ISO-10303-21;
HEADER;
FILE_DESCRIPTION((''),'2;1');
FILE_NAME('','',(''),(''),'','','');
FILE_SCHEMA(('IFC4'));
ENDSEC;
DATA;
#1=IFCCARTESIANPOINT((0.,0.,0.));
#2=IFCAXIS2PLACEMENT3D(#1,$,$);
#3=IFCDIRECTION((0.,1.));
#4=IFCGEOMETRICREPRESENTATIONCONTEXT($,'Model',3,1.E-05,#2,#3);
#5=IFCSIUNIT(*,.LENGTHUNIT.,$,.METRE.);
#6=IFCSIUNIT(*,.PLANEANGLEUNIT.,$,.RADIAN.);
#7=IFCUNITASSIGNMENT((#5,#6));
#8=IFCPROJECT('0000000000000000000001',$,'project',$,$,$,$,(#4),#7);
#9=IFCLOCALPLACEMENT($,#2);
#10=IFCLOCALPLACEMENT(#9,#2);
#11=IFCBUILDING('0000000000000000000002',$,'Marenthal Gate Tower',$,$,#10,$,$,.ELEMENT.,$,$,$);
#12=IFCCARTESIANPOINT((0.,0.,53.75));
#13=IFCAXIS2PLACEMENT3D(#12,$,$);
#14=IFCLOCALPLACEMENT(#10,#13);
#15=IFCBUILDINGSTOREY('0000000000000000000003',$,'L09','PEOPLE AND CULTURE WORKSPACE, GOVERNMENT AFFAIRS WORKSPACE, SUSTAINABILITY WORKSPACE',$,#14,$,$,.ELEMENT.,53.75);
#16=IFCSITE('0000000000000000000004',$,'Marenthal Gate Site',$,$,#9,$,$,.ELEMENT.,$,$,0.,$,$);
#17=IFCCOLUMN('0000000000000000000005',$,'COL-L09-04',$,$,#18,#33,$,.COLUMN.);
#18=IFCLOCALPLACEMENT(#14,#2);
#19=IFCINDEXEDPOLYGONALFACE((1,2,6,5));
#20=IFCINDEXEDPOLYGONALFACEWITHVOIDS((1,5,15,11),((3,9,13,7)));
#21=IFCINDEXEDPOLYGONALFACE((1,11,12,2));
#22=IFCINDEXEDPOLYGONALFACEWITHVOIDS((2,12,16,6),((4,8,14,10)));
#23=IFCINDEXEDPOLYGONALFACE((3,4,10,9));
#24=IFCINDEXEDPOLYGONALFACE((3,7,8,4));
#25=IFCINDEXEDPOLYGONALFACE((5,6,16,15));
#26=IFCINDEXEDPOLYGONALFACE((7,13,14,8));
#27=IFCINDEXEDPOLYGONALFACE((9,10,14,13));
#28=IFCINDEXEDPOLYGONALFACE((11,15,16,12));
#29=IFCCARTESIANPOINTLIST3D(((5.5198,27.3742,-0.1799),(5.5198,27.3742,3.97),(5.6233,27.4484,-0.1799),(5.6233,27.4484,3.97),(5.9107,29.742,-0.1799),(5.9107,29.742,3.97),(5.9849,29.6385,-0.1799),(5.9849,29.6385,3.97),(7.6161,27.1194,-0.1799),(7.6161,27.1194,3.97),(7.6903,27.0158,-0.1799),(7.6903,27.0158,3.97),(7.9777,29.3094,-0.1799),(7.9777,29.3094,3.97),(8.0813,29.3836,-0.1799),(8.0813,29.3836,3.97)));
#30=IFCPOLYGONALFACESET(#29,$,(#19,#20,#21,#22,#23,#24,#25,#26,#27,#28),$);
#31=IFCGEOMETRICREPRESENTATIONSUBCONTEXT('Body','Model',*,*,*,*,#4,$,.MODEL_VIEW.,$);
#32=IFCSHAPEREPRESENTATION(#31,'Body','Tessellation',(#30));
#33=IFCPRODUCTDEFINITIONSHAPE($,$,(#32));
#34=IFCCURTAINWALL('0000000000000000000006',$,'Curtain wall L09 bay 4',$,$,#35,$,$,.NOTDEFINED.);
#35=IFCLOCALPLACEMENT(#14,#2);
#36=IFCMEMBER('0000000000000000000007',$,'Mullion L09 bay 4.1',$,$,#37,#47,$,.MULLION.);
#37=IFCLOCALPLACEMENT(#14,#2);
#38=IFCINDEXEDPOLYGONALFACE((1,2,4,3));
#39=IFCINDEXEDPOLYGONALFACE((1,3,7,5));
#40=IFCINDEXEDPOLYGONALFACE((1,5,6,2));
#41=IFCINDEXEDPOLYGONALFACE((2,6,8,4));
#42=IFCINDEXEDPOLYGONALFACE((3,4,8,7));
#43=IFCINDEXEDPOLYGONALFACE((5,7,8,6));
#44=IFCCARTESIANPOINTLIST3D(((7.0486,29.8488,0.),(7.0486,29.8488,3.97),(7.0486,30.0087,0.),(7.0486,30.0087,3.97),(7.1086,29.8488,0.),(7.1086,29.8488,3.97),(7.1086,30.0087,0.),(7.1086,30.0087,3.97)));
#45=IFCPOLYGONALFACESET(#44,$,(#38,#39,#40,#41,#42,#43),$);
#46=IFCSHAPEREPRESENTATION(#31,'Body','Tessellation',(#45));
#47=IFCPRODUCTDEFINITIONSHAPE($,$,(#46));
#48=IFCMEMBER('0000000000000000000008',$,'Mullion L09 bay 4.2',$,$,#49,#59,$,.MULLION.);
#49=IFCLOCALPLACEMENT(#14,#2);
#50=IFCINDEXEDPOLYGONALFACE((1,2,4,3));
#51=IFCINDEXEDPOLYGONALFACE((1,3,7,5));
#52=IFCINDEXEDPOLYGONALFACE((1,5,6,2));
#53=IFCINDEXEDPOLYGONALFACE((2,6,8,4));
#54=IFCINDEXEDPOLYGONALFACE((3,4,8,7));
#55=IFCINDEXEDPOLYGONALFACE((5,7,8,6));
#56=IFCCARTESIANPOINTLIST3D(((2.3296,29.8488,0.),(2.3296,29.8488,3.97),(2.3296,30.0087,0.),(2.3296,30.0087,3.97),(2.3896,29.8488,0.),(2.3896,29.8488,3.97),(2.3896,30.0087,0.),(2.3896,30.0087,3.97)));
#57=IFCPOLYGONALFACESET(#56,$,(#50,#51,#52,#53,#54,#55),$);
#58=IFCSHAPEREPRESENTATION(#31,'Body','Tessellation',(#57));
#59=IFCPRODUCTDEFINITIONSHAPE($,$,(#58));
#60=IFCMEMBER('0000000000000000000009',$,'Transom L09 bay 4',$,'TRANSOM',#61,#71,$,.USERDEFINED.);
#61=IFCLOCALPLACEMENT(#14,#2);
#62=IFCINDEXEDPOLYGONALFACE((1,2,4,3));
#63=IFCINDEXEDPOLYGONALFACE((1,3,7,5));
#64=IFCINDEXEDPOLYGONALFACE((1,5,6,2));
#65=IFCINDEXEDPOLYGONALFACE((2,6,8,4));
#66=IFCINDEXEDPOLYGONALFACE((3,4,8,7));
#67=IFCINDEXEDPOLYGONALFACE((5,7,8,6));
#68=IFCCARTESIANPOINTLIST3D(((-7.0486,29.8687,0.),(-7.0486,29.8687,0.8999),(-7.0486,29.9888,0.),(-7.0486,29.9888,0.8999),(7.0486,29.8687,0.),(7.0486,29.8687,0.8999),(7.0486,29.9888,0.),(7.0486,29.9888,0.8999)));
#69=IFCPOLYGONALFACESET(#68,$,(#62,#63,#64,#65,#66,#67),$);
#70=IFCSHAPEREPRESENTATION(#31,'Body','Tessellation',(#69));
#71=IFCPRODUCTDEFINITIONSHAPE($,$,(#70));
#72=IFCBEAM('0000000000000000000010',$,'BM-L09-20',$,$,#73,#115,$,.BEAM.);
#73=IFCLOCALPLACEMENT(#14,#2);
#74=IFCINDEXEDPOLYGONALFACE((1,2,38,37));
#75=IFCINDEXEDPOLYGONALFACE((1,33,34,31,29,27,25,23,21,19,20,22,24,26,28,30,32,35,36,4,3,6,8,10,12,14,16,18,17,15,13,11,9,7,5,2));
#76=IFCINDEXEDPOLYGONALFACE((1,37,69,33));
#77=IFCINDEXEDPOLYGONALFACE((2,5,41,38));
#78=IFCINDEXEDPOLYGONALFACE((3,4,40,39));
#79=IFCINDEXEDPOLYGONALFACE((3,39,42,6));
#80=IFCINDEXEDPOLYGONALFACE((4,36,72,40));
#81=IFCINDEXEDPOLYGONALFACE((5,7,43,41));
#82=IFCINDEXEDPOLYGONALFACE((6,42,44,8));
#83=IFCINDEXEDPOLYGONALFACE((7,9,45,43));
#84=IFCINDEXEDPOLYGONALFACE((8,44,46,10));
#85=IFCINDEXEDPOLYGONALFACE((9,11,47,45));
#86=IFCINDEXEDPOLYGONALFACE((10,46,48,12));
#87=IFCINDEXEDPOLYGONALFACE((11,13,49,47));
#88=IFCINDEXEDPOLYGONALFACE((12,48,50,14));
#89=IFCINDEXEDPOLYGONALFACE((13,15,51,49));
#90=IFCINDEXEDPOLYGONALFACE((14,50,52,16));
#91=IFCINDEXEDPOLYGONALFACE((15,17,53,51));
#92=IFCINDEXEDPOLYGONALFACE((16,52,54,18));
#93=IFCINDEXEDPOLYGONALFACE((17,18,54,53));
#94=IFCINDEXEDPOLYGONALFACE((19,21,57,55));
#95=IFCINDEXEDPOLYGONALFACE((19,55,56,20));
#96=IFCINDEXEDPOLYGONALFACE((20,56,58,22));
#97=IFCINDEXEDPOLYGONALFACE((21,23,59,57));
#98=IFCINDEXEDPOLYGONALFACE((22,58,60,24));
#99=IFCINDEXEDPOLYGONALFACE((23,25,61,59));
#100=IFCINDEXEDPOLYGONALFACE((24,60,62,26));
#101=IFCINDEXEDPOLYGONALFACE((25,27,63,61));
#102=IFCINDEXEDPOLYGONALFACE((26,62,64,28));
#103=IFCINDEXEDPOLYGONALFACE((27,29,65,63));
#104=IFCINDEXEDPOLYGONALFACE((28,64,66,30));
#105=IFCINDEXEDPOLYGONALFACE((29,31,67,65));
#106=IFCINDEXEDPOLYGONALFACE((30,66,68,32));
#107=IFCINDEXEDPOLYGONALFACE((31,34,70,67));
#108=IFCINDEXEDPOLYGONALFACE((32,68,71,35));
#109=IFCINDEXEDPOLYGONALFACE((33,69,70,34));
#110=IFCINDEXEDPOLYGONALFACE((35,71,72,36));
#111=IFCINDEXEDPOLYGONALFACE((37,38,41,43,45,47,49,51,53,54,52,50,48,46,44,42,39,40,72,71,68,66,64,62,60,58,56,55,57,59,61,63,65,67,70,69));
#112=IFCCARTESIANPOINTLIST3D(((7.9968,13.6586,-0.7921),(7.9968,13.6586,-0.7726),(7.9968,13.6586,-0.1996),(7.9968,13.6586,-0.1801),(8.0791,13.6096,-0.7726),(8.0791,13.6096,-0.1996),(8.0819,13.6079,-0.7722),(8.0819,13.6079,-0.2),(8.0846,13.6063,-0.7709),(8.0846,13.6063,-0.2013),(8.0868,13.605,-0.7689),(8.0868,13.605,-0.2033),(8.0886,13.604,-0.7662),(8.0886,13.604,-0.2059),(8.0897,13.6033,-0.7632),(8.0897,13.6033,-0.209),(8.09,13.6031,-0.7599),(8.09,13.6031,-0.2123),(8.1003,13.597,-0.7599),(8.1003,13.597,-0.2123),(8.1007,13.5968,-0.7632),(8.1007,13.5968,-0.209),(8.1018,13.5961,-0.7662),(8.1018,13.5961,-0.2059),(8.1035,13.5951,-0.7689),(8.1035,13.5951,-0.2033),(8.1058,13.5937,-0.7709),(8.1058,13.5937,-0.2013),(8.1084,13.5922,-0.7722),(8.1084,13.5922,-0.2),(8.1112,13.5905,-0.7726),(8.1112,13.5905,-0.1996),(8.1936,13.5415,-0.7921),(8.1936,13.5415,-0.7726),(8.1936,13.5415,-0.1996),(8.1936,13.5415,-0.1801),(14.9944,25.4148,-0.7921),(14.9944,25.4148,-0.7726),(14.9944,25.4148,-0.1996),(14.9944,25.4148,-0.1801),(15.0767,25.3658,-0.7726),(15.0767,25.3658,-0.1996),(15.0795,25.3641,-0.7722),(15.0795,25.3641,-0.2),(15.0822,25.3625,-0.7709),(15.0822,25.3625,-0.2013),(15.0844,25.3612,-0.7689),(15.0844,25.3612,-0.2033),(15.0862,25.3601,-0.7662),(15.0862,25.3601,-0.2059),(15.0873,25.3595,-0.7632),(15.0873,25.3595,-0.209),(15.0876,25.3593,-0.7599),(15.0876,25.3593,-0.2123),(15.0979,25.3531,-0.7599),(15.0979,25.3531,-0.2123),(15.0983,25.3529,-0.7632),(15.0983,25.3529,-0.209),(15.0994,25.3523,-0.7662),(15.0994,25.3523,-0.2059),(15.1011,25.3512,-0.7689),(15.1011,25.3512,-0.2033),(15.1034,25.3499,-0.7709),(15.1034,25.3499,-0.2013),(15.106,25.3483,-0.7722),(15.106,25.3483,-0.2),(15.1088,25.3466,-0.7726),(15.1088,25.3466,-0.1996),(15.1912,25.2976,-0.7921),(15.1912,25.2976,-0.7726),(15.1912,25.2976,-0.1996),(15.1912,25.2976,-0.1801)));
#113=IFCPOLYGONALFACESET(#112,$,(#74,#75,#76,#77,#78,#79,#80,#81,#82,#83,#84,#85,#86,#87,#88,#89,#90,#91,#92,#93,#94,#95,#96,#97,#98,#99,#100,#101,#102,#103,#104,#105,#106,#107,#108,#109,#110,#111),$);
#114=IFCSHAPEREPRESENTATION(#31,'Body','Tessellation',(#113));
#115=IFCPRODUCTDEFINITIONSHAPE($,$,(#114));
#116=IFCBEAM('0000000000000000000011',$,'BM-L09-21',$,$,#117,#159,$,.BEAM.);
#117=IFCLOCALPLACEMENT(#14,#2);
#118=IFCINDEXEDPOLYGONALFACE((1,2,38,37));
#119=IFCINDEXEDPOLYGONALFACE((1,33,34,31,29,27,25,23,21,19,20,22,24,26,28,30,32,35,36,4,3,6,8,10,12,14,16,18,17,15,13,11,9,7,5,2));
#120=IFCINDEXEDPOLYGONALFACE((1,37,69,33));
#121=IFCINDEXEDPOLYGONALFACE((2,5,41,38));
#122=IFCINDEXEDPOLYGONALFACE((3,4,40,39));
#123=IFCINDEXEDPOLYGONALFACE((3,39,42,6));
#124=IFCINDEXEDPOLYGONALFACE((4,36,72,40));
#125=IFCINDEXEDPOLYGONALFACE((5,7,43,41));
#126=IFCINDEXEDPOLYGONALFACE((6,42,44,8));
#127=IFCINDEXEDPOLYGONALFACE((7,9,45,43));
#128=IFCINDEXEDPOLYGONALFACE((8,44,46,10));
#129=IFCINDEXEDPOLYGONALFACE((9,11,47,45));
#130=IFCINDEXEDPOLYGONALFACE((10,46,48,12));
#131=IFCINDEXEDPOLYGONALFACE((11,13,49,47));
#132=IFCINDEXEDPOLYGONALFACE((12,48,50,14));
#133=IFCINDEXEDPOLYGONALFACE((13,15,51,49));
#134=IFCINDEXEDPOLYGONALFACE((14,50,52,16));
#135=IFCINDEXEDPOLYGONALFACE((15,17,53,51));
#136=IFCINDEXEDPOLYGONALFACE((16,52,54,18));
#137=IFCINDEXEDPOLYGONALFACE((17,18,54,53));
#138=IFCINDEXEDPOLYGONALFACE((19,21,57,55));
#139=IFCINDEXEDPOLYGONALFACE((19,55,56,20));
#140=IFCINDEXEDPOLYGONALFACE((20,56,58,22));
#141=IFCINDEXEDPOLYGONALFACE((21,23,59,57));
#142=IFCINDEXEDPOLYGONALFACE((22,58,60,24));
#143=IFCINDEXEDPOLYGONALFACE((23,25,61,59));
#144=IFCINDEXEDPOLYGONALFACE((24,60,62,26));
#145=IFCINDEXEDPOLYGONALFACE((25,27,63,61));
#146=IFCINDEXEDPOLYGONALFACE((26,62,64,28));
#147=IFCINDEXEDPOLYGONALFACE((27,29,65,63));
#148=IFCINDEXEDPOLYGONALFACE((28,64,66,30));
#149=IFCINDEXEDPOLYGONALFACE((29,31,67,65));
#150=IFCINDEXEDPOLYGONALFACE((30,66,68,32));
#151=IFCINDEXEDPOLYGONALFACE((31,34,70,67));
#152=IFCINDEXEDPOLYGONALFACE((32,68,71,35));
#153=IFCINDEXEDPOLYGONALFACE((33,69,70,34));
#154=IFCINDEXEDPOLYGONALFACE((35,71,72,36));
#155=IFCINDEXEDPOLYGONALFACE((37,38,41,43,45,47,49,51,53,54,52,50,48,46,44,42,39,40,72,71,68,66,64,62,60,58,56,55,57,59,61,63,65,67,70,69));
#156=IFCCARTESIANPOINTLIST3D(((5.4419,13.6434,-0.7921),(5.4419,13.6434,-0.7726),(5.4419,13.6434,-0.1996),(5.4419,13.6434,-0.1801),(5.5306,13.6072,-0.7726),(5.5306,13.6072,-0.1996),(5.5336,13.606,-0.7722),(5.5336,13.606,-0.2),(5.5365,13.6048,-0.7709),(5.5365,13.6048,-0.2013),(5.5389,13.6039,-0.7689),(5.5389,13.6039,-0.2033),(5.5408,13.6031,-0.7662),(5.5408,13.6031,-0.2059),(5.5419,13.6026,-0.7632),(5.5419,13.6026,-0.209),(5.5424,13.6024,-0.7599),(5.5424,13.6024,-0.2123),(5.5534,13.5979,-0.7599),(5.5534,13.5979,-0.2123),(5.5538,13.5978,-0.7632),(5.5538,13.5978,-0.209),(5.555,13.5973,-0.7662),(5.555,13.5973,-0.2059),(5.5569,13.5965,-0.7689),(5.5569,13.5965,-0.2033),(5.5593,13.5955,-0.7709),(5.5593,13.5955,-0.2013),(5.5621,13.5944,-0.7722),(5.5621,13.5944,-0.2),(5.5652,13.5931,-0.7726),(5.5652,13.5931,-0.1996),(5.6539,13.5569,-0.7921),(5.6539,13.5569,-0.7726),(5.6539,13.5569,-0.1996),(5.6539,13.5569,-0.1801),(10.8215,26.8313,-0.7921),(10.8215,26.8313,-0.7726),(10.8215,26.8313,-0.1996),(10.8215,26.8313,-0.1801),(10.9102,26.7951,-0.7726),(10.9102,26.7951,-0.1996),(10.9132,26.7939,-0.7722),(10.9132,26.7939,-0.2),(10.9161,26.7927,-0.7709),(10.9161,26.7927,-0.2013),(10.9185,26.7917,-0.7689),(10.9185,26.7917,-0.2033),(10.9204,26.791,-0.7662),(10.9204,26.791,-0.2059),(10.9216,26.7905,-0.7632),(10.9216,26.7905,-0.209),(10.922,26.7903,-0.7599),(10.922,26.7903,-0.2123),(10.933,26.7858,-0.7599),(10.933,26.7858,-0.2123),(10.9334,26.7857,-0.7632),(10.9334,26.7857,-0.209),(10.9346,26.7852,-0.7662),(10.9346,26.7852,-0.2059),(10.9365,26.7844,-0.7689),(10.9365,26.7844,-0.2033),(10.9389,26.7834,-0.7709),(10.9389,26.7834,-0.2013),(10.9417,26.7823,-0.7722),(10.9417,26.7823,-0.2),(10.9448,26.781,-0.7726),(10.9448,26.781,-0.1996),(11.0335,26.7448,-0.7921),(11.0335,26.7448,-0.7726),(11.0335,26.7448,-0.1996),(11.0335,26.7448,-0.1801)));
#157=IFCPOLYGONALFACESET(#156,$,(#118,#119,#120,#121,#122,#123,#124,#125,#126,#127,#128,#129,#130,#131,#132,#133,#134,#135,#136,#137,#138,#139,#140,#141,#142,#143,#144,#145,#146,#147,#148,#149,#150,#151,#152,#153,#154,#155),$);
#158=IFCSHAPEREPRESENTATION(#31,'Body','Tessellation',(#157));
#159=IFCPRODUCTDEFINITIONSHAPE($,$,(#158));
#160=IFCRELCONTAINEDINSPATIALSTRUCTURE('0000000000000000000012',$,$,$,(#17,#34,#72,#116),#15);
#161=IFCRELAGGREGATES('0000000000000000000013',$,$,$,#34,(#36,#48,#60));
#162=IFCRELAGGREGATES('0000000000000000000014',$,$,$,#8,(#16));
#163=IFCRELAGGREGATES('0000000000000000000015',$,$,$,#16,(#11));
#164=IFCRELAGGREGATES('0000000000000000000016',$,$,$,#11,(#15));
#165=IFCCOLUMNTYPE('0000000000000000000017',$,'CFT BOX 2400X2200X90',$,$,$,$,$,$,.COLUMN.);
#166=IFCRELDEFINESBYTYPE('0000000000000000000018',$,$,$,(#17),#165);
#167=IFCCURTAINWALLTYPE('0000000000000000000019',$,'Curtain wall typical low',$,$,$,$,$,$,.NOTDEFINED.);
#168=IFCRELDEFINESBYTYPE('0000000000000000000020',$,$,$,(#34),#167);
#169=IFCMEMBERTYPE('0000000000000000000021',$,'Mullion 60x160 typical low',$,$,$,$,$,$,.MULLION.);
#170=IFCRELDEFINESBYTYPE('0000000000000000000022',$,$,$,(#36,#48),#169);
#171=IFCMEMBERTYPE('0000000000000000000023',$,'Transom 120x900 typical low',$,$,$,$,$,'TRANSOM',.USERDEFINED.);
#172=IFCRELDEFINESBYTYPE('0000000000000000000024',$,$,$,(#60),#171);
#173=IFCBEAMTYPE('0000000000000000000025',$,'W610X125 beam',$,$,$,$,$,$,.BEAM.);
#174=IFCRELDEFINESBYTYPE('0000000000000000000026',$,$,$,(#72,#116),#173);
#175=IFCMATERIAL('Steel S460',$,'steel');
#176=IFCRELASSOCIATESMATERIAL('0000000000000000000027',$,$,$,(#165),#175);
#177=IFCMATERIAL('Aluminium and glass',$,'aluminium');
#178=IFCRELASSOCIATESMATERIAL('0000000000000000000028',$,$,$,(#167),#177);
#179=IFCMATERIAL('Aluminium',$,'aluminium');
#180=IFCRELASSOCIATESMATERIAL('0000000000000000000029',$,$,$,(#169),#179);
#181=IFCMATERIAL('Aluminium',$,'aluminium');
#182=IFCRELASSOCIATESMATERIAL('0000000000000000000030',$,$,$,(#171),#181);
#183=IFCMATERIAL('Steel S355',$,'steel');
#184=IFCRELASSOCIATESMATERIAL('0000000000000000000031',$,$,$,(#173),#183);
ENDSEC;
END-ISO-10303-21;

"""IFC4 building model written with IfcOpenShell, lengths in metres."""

from ifc_helpers import new_model, si_unit, direction, frame, origin, origin_2d, place, context, subcontext, project, spatial, rectangle, hollow_rectangle, i_section, extrude, material, material_profile, profile_set, type_object, element, aggregate, save


model = new_model("IFC4")

# Units and contexts
model_context = context("Model", 3, precision=1e-05, world=origin(), true_north=direction((0.0, 1.0)))
body_context = subcontext(model_context, "Body", "Model", "MODEL_VIEW")
ifc_project = project(units=[si_unit("LENGTHUNIT", "METRE"), si_unit("PLANEANGLEUNIT", "RADIAN")], contexts=[model_context])

# Site, building, storey
site_placement = place(None, origin())
site = spatial("IfcSite", under=ifc_project, at=site_placement, Name="Marenthal Gate Site", CompositionType="ELEMENT", RefElevation=0.0)
building_placement = place(site_placement, origin())
building = spatial("IfcBuilding", under=site, at=building_placement, Name="Marenthal Gate Tower", CompositionType="ELEMENT")
storey_placement = place(building_placement, frame((0.0, 0.0, 53.75)))
storey = spatial("IfcBuildingStorey", under=building, at=storey_placement, Name="L09", Description="PEOPLE AND CULTURE WORKSPACE, GOVERNMENT AFFAIRS WORKSPACE, SUSTAINABILITY WORKSPACE", CompositionType="ELEMENT", Elevation=53.75)

# Column
ifc_material_1 = material(Name="Steel S460", Category="steel")
ifc_material_profile_1 = material_profile(ifc_material_1, hollow_rectangle(XDim=2.2, YDim=2.3999, WallThickness=0.0901, at=origin_2d()), Name="CFT BOX 2400X2200X90")
ifc_material_2 = material(Name="Concrete 70 MPa", Category="concrete")
ifc_material_profile_2 = material_profile(ifc_material_2, rectangle(XDim=2.02, YDim=2.22, at=origin_2d()), Name="CFT BOX 2400X2200X90 INFILL")
ifc_profile_set_1 = profile_set([ifc_material_profile_1, ifc_material_profile_2], Name="Steel S460 shell, Concrete 70 MPa infill")
column_type = type_object("IfcColumnType", Name="CFT BOX 2400X2200X90", PredefinedType="COLUMN", material=ifc_profile_set_1)
column_placement = place(storey_placement, frame((6.8005, 28.3789, -0.1799), z_axis=(0.0, 0.0, 1.0), x_axis=(0.986641, -0.162908, 0.0)))
element("IfcColumn", 1, at=column_placement, inside=storey, type_object=column_type, Name="COL-L09-04", PredefinedType="COLUMN", context=body_context, shape_type="SweptSolid", body=[
    extrude(hollow_rectangle(XDim=2.2, YDim=2.3999, WallThickness=0.0901, at=origin_2d()), origin(), (0.0, 0.0, 1.0), 4.1499),
])

# Curtain wall, members
ifc_material_3 = material(Name="Aluminium and glass", Category="aluminium")
curtain_wall_type = type_object("IfcCurtainWallType", Name="Curtain wall typical low", PredefinedType="NOTDEFINED", material=ifc_material_3)
curtain_wall_placement = place(storey_placement, origin())
curtain_wall = element("IfcCurtainWall", 2, at=curtain_wall_placement, inside=storey, type_object=curtain_wall_type, Name="Curtain wall L09 bay 4", PredefinedType="NOTDEFINED")
ifc_material_4 = material(Name="Aluminium", Category="aluminium")
ifc_material_profile_3 = material_profile(ifc_material_4, rectangle(XDim=0.1599, YDim=0.0601, at=origin_2d()), Name="60x160 aluminium mullion")
ifc_profile_set_2 = profile_set([ifc_material_profile_3], Name="Aluminium")
member_type_1 = type_object("IfcMemberType", Name="Mullion 60x160 typical low", PredefinedType="MULLION", material=ifc_profile_set_2)
member_1_placement = place(storey_placement, frame((7.0786, 29.9287, 0.0), z_axis=(0.0, 0.0, 1.0), x_axis=(0.0, -1.0, 0.0)))
member_1 = element("IfcMember", 3, at=member_1_placement, type_object=member_type_1, Name="Mullion L09 bay 4.1", PredefinedType="MULLION", context=body_context, shape_type="SweptSolid", body=[
    extrude(rectangle(XDim=0.1599, YDim=0.0601, at=origin_2d()), origin(), (0.0, 0.0, 1.0), 3.97),
])
member_2_placement = place(storey_placement, frame((2.3596, 29.9287, 0.0), z_axis=(0.0, 0.0, 1.0), x_axis=(0.0, -1.0, 0.0)))
member_2 = element("IfcMember", 4, at=member_2_placement, type_object=member_type_1, Name="Mullion L09 bay 4.2", PredefinedType="MULLION", context=body_context, shape_type="SweptSolid", body=[
    extrude(rectangle(XDim=0.1599, YDim=0.0601, at=origin_2d()), origin(), (0.0, 0.0, 1.0), 3.97),
])
ifc_material_5 = material(Name="Aluminium", Category="aluminium")
ifc_material_profile_4 = material_profile(ifc_material_5, rectangle(XDim=0.1201, YDim=0.8999, at=origin_2d()), Name="120x900 aluminium transom")
ifc_profile_set_3 = profile_set([ifc_material_profile_4], Name="Aluminium")
member_type_2 = type_object("IfcMemberType", Name="Transom 120x900 typical low", ElementType="TRANSOM", PredefinedType="USERDEFINED", material=ifc_profile_set_3)
member_3_placement = place(storey_placement, frame((7.0486, 29.9287, 0.45), z_axis=(-1.0, 0.0, 0.0), x_axis=(0.0, -1.0, 0.0)))
member_3 = element("IfcMember", 5, at=member_3_placement, type_object=member_type_2, Name="Transom L09 bay 4", ObjectType="TRANSOM", PredefinedType="USERDEFINED", context=body_context, shape_type="SweptSolid", body=[
    extrude(rectangle(XDim=0.1201, YDim=0.8999, at=origin_2d()), origin(), (0.0, 0.0, 1.0), 14.0972),
])

# Beams
ifc_material_6 = material(Name="Steel S355", Category="steel")
ifc_material_profile_5 = material_profile(ifc_material_6, i_section(OverallWidth=0.229, OverallDepth=0.6121, WebThickness=0.012, FlangeThickness=0.0195, FilletRadius=0.0127, at=origin_2d()), Name="W610X125")
ifc_profile_set_4 = profile_set([ifc_material_profile_5], Name="Steel S355")
beam_type_1 = type_object("IfcBeamType", Name="W610X125 beam", PredefinedType="BEAM", material=ifc_profile_set_4)
beam_1_placement = place(storey_placement, frame((15.0928, 25.3562, -0.4861), z_axis=(-0.511477, -0.859297, 0.0), x_axis=(0.859297, -0.511477, 0.0)))
element("IfcBeam", 6, at=beam_1_placement, inside=storey, type_object=beam_type_1, Name="BM-L09-20", PredefinedType="BEAM", context=body_context, shape_type="SweptSolid", body=[
    extrude(i_section(OverallWidth=0.229, OverallDepth=0.6121, WebThickness=0.012, FlangeThickness=0.0195, FilletRadius=0.0127, at=origin_2d()), origin(), (0.0, 0.0, 1.0), 13.6812),
])
beam_2_placement = place(storey_placement, frame((10.9275, 26.7881, -0.4861), z_axis=(-0.377704, -0.925927, 0.0), x_axis=(0.925927, -0.377704, 0.0)))
element("IfcBeam", 7, at=beam_2_placement, inside=storey, type_object=beam_type_1, Name="BM-L09-21", PredefinedType="BEAM", context=body_context, shape_type="SweptSolid", body=[
    extrude(i_section(OverallWidth=0.229, OverallDepth=0.6121, WebThickness=0.012, FlangeThickness=0.0195, FilletRadius=0.0127, at=origin_2d()), origin(), (0.0, 0.0, 1.0), 14.2429),
])

aggregate(curtain_wall, [member_1, member_2, member_3])

save(model, "model.ifc")
